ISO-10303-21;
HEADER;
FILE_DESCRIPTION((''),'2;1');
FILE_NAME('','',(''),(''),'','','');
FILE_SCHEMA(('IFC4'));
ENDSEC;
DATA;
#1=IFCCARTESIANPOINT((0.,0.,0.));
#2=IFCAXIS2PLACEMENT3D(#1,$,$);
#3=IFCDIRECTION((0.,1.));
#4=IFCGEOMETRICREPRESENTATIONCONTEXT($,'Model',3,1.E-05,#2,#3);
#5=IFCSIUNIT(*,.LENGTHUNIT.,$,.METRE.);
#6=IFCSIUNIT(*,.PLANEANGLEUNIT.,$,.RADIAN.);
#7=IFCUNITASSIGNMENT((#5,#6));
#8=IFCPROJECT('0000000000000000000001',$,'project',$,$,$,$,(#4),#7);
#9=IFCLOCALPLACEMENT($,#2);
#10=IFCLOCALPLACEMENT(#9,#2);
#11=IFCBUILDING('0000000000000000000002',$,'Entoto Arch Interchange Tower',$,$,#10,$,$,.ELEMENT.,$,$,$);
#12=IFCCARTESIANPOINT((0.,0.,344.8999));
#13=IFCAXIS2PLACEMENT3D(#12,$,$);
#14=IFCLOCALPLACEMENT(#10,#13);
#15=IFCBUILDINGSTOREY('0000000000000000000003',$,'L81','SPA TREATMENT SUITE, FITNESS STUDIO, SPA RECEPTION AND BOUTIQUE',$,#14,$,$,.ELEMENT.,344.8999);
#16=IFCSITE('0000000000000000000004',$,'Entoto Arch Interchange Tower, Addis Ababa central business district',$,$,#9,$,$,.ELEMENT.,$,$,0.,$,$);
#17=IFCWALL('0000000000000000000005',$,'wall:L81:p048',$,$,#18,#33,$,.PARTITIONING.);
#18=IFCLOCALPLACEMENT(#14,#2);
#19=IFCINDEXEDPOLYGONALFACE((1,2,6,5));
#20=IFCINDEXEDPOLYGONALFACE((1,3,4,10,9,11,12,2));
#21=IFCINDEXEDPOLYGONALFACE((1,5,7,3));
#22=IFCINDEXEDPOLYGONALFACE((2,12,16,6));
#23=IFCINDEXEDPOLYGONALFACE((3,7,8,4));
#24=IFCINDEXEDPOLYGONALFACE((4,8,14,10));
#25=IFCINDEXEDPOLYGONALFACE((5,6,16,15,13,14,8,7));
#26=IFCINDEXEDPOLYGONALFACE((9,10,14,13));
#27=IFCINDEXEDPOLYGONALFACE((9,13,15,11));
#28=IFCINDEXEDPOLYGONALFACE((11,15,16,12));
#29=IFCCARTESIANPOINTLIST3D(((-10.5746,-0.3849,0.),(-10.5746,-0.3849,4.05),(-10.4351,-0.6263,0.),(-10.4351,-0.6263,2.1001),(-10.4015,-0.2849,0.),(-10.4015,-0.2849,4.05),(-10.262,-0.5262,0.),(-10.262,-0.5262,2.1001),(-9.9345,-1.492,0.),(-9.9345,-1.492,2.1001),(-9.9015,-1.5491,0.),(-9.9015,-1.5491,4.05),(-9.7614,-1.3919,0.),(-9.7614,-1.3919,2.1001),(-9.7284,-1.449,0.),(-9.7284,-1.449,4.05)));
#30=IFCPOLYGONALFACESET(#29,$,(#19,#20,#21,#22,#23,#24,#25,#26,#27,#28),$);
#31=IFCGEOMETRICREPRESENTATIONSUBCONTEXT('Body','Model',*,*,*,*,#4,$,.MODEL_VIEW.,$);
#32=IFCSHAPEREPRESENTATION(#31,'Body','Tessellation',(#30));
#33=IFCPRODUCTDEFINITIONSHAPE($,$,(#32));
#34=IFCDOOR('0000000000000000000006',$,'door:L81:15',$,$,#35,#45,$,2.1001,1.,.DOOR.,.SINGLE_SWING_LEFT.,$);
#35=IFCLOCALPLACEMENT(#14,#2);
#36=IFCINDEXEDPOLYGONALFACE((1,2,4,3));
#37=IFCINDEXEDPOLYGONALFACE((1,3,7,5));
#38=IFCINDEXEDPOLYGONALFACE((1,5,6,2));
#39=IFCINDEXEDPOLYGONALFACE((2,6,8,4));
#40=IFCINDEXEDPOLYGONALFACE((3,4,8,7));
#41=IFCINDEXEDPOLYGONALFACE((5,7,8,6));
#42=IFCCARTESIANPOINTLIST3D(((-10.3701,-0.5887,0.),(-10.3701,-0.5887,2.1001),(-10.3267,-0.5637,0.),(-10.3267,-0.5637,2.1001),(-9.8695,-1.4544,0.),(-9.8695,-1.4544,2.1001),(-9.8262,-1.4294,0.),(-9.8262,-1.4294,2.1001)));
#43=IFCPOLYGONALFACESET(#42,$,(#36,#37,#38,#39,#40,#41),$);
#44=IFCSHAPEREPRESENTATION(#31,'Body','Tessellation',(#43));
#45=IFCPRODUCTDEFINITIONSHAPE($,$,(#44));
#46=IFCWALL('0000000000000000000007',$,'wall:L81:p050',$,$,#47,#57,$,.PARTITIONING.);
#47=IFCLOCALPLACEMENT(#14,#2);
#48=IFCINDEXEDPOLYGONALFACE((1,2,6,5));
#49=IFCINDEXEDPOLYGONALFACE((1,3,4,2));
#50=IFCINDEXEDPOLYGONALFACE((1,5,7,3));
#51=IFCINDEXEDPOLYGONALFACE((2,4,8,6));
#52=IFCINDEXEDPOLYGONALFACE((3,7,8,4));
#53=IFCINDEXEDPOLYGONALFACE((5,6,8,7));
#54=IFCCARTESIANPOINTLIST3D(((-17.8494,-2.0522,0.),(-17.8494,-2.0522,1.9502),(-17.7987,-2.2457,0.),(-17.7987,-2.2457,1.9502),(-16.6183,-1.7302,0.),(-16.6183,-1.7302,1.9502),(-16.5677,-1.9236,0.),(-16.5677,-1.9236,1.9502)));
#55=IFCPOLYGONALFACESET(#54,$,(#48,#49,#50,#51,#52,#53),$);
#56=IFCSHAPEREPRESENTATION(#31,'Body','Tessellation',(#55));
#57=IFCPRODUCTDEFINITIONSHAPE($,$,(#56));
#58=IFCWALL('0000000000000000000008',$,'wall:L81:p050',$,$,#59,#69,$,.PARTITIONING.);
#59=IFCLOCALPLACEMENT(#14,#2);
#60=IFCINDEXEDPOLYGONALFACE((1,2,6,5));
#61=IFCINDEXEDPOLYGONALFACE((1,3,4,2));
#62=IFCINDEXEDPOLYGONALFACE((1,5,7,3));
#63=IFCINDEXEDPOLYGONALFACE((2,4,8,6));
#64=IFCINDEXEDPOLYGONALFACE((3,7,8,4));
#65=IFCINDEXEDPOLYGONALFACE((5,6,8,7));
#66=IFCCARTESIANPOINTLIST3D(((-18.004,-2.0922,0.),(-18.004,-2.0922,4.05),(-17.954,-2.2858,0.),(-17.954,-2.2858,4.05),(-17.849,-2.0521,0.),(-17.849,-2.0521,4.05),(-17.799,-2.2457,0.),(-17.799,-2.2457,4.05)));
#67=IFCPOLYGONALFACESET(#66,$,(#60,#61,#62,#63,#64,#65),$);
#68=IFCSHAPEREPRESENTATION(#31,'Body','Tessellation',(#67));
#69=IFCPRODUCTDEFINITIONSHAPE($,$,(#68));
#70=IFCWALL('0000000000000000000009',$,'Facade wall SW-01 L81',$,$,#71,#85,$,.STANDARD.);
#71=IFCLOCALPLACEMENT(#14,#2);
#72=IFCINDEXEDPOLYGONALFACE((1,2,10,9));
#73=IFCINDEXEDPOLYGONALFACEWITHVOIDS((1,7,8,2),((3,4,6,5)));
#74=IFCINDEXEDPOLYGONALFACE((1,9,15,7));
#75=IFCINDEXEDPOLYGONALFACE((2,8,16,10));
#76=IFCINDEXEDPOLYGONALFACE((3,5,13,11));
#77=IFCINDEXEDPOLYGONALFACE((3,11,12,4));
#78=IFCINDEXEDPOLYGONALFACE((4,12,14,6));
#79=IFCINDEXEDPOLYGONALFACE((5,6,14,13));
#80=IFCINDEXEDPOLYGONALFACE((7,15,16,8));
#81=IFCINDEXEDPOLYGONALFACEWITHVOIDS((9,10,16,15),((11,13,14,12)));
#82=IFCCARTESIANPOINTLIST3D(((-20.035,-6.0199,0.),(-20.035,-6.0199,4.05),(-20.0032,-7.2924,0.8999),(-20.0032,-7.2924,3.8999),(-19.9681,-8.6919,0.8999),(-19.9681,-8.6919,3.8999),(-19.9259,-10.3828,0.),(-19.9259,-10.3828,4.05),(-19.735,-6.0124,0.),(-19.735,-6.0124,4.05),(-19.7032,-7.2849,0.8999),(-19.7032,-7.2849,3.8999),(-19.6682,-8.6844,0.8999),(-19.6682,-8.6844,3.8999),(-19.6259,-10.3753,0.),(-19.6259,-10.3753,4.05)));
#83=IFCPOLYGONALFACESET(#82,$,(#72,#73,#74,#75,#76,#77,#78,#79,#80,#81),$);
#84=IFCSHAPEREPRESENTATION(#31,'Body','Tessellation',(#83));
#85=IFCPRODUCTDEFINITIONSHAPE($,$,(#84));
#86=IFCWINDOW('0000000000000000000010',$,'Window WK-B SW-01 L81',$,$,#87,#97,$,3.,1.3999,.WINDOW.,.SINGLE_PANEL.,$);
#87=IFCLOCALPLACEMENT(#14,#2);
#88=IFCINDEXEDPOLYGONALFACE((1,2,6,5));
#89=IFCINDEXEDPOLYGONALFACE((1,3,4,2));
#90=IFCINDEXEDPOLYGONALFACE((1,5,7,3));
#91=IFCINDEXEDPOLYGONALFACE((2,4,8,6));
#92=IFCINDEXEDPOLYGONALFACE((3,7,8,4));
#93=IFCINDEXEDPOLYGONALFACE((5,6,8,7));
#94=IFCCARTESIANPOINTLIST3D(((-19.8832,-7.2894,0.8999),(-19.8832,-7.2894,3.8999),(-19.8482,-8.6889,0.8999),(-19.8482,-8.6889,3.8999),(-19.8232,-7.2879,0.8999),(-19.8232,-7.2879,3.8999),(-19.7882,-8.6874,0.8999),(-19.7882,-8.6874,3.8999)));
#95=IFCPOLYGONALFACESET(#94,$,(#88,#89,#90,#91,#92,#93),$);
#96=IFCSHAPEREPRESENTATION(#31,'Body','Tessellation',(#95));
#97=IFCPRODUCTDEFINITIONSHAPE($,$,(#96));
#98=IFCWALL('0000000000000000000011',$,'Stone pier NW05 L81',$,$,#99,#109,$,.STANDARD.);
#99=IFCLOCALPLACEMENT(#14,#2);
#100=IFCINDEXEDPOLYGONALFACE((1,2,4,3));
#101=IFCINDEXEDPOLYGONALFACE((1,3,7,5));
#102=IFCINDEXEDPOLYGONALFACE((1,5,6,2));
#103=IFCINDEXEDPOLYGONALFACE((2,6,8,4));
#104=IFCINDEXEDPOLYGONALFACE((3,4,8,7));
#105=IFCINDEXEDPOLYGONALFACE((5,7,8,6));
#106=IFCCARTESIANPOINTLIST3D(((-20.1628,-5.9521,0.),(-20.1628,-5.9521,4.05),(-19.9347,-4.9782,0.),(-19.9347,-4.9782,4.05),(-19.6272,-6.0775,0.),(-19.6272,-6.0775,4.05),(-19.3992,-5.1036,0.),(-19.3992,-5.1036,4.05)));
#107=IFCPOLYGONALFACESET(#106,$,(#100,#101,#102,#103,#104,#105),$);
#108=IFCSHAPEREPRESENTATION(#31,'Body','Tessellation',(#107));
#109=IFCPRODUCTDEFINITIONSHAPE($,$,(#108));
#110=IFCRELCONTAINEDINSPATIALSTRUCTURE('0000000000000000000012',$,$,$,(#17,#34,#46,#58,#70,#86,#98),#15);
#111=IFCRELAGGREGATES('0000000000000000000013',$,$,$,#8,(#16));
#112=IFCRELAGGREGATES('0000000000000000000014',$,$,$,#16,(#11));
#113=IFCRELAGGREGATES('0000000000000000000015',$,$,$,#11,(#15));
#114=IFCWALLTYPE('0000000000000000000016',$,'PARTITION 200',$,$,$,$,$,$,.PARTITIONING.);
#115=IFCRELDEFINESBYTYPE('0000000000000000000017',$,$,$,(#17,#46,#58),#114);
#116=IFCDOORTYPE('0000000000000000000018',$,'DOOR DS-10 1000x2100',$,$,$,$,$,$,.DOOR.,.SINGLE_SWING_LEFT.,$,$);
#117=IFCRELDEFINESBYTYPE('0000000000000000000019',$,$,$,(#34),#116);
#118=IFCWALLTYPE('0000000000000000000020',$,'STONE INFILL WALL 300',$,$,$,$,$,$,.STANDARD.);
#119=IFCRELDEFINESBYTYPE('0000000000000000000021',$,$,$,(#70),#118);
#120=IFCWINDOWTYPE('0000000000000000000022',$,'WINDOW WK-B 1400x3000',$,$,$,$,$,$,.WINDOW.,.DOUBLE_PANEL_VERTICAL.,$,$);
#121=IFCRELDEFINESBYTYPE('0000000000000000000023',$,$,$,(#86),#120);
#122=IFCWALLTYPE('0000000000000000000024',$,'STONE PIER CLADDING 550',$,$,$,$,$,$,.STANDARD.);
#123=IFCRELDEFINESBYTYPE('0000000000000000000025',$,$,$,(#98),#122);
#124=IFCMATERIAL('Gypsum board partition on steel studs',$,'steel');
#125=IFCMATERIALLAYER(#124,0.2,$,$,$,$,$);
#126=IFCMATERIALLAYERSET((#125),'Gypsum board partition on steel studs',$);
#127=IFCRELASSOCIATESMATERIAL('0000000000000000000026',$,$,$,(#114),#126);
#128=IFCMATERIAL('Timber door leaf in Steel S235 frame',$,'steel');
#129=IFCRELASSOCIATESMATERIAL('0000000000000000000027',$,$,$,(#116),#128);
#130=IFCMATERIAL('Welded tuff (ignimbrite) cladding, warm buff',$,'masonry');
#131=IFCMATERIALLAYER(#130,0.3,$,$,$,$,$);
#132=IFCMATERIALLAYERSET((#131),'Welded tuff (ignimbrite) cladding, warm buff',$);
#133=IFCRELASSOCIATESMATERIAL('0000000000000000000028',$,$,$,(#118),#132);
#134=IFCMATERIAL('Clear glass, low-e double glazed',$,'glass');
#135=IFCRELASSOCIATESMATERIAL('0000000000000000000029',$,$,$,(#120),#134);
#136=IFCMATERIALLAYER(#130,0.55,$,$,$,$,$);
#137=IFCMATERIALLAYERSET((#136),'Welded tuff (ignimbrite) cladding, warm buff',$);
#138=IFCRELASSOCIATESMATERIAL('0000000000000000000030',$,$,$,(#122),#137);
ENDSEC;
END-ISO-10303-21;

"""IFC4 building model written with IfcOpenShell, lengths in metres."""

from ifc_helpers import new_model, si_unit, direction, frame, frame_2d, origin, place, context, subcontext, project, spatial, rectangle, extrude, material, layer, layer_set, type_object, element, fill, save


model = new_model("IFC4")

# Units and contexts
model_context = context("Model", 3, precision=1e-05, world=origin(), true_north=direction((0.0, 1.0)))
body_context = subcontext(model_context, "Body", "Model", "MODEL_VIEW")
ifc_project = project(units=[si_unit("LENGTHUNIT", "METRE"), si_unit("PLANEANGLEUNIT", "RADIAN")], contexts=[model_context])

# Site, building, storey
site_placement = place(None, origin())
site = spatial("IfcSite", under=ifc_project, at=site_placement, Name="Entoto Arch Interchange Tower, Addis Ababa central business district", CompositionType="ELEMENT", RefElevation=0.0)
building_placement = place(site_placement, origin())
building = spatial("IfcBuilding", under=site, at=building_placement, Name="Entoto Arch Interchange Tower", CompositionType="ELEMENT")
storey_placement = place(building_placement, frame((0.0, 0.0, 344.8999)))
storey = spatial("IfcBuildingStorey", under=building, at=storey_placement, Name="L81", Description="SPA TREATMENT SUITE, FITNESS STUDIO, SPA RECEPTION AND BOUTIQUE", CompositionType="ELEMENT", Elevation=344.8999)

# Shared definitions
ifc_material_1 = material(Name="Gypsum board partition on steel studs", Category="steel")
ifc_layer_1 = layer(ifc_material_1, 0.2)
ifc_layer_set_1 = layer_set([ifc_layer_1], Name="Gypsum board partition on steel studs")
wall_type_1 = type_object("IfcWallType", Name="PARTITION 200", PredefinedType="PARTITIONING", material=ifc_layer_set_1)

# Wall, opening, door
wall_1_placement = place(storey_placement, frame((-9.8149, -1.499, 0.0), z_axis=(0.0, 0.0, 1.0), x_axis=(-0.500571, 0.865695, 0.0)))
wall_1 = element("IfcWall", 1, at=wall_1_placement, inside=storey, type_object=wall_type_1, Name="wall:L81:p048", PredefinedType="PARTITIONING", context=body_context, shape_type="SweptSolid", body=[
    extrude(rectangle(XDim=1.3447, YDim=0.2, at=frame_2d((0.6724, 0.0))), origin(), (0.0, 0.0, 1.0), 4.05),
])
opening_1_placement = place(wall_1_placement, frame((0.0659, 0.0, 0.0)))
opening_1 = element("IfcOpeningElement", 2, at=opening_1_placement, cuts=wall_1, PredefinedType="OPENING", context=body_context, shape_type="SweptSolid", body=[
    extrude(rectangle(XDim=1.0, YDim=2.1001, at=frame_2d((0.5, 1.05))), frame((0.0, 0.1099, 0.0), z_axis=(0.0, -1.0, 0.0), x_axis=(1.0, 0.0, 0.0)), (0.0, 0.0, 1.0), 0.22),
])
ifc_material_2 = material(Name="Timber door leaf in Steel S235 frame", Category="steel")
door_type = type_object("IfcDoorType", Name="DOOR DS-10 1000x2100", OperationType="SINGLE_SWING_LEFT", PredefinedType="DOOR", material=ifc_material_2)
door_placement = place(opening_1_placement, origin())
door = element("IfcDoor", 3, at=door_placement, inside=storey, type_object=door_type, Name="door:L81:15", OperationType="SINGLE_SWING_LEFT", OverallHeight=2.1001, OverallWidth=1.0, PredefinedType="DOOR", context=body_context, shape_type="SweptSolid", body=[
    extrude(rectangle(XDim=1.0, YDim=2.1001, at=frame_2d((0.5, 1.05))), frame((0.0, 0.0249, 0.0), z_axis=(0.0, -1.0, 0.0), x_axis=(1.0, 0.0, 0.0)), (0.0, 0.0, 1.0), 0.05),
])
fill(opening_1, door)

# Walls
wall_2_placement = place(storey_placement, frame((-16.593, -1.8269, 0.0), z_axis=(0.0, 0.0, 1.0), x_axis=(-0.967444, -0.253086, 0.0)))
element("IfcWall", 4, at=wall_2_placement, inside=storey, type_object=wall_type_1, Name="wall:L81:p050", PredefinedType="PARTITIONING", context=body_context, shape_type="SweptSolid", body=[
    extrude(rectangle(XDim=1.2725, YDim=0.2, at=frame_2d((0.6362, 0.0))), origin(), (0.0, 0.0, 1.0), 1.9502),
])
wall_3_placement = place(storey_placement, frame((-17.824, -2.1489, 0.0), z_axis=(0.0, 0.0, 1.0), x_axis=(-0.96823, -0.250062, 0.0)))
element("IfcWall", 5, at=wall_3_placement, inside=storey, type_object=wall_type_1, Name="wall:L81:p050", PredefinedType="PARTITIONING", context=body_context, shape_type="SweptSolid", body=[
    extrude(rectangle(XDim=0.1602, YDim=0.2, at=frame_2d((0.0801, 0.0))), origin(), (0.0, 0.0, 1.0), 4.05),
])

# Wall, opening, window
ifc_material_3 = material(Name="Welded tuff (ignimbrite) cladding, warm buff", Category="masonry")
ifc_layer_2 = layer(ifc_material_3, 0.3)
ifc_layer_set_2 = layer_set([ifc_layer_2], Name="Welded tuff (ignimbrite) cladding, warm buff")
wall_type_2 = type_object("IfcWallType", Name="STONE INFILL WALL 300", PredefinedType="STANDARD", material=ifc_layer_set_2)
wall_4_placement = place(storey_placement, frame((-19.885, -6.0161, 0.0), z_axis=(0.0, 0.0, 1.0), x_axis=(0.025006, -0.999687, 0.0)))
wall_4 = element("IfcWall", 6, at=wall_4_placement, inside=storey, type_object=wall_type_2, Name="Facade wall SW-01 L81", PredefinedType="STANDARD", context=body_context, shape_type="SweptSolid", body=[
    extrude(rectangle(XDim=4.3643, YDim=0.3, at=frame_2d((2.1821, 0.0))), origin(), (0.0, 0.0, 1.0), 4.05),
])
opening_2_placement = place(wall_4_placement, frame((1.2729, 0.0, 0.8999)))
opening_2 = element("IfcOpeningElement", 7, at=opening_2_placement, cuts=wall_4, PredefinedType="OPENING", context=body_context, shape_type="SweptSolid", body=[
    extrude(rectangle(XDim=1.3999, YDim=3.0, at=frame_2d((0.7, 1.5))), frame((0.0, 0.1602, 0.0), z_axis=(0.0, -1.0, 0.0), x_axis=(1.0, 0.0, 0.0)), (0.0, 0.0, 1.0), 0.3201),
])
ifc_material_4 = material(Name="Clear glass, low-e double glazed", Category="glass")
window_type = type_object("IfcWindowType", Name="WINDOW WK-B 1400x3000", PartitioningType="DOUBLE_PANEL_VERTICAL", PredefinedType="WINDOW", material=ifc_material_4)
window_placement = place(opening_2_placement, origin())
window = element("IfcWindow", 8, at=window_placement, inside=storey, type_object=window_type, Name="Window WK-B SW-01 L81", OverallHeight=3.0, OverallWidth=1.3999, PartitioningType="SINGLE_PANEL", PredefinedType="WINDOW", context=body_context, shape_type="SweptSolid", body=[
    extrude(rectangle(XDim=1.3999, YDim=3.0, at=frame_2d((0.7, 1.5))), frame((0.0, 0.03, 0.0), z_axis=(0.0, -1.0, 0.0), x_axis=(1.0, 0.0, 0.0)), (0.0, 0.0, 1.0), 0.0601),
])
fill(opening_2, window)

# Wall
ifc_layer_3 = layer(ifc_material_3, 0.55)
ifc_layer_set_3 = layer_set([ifc_layer_3], Name="Welded tuff (ignimbrite) cladding, warm buff")
wall_type_3 = type_object("IfcWallType", Name="STONE PIER CLADDING 550", PredefinedType="STANDARD", material=ifc_layer_set_3)
wall_5_placement = place(storey_placement, frame((-19.667, -5.041, 0.0), z_axis=(0.0, 0.0, 1.0), x_axis=(-0.227978, -0.973666, 0.0)))
element("IfcWall", 9, at=wall_5_placement, inside=storey, type_object=wall_type_3, Name="Stone pier NW05 L81", PredefinedType="STANDARD", context=body_context, shape_type="SweptSolid", body=[
    extrude(rectangle(XDim=1.0002, YDim=0.55, at=frame_2d((0.5, 0.0))), origin(), (0.0, 0.0, 1.0), 4.05),
])

save(model, "model.ifc")
